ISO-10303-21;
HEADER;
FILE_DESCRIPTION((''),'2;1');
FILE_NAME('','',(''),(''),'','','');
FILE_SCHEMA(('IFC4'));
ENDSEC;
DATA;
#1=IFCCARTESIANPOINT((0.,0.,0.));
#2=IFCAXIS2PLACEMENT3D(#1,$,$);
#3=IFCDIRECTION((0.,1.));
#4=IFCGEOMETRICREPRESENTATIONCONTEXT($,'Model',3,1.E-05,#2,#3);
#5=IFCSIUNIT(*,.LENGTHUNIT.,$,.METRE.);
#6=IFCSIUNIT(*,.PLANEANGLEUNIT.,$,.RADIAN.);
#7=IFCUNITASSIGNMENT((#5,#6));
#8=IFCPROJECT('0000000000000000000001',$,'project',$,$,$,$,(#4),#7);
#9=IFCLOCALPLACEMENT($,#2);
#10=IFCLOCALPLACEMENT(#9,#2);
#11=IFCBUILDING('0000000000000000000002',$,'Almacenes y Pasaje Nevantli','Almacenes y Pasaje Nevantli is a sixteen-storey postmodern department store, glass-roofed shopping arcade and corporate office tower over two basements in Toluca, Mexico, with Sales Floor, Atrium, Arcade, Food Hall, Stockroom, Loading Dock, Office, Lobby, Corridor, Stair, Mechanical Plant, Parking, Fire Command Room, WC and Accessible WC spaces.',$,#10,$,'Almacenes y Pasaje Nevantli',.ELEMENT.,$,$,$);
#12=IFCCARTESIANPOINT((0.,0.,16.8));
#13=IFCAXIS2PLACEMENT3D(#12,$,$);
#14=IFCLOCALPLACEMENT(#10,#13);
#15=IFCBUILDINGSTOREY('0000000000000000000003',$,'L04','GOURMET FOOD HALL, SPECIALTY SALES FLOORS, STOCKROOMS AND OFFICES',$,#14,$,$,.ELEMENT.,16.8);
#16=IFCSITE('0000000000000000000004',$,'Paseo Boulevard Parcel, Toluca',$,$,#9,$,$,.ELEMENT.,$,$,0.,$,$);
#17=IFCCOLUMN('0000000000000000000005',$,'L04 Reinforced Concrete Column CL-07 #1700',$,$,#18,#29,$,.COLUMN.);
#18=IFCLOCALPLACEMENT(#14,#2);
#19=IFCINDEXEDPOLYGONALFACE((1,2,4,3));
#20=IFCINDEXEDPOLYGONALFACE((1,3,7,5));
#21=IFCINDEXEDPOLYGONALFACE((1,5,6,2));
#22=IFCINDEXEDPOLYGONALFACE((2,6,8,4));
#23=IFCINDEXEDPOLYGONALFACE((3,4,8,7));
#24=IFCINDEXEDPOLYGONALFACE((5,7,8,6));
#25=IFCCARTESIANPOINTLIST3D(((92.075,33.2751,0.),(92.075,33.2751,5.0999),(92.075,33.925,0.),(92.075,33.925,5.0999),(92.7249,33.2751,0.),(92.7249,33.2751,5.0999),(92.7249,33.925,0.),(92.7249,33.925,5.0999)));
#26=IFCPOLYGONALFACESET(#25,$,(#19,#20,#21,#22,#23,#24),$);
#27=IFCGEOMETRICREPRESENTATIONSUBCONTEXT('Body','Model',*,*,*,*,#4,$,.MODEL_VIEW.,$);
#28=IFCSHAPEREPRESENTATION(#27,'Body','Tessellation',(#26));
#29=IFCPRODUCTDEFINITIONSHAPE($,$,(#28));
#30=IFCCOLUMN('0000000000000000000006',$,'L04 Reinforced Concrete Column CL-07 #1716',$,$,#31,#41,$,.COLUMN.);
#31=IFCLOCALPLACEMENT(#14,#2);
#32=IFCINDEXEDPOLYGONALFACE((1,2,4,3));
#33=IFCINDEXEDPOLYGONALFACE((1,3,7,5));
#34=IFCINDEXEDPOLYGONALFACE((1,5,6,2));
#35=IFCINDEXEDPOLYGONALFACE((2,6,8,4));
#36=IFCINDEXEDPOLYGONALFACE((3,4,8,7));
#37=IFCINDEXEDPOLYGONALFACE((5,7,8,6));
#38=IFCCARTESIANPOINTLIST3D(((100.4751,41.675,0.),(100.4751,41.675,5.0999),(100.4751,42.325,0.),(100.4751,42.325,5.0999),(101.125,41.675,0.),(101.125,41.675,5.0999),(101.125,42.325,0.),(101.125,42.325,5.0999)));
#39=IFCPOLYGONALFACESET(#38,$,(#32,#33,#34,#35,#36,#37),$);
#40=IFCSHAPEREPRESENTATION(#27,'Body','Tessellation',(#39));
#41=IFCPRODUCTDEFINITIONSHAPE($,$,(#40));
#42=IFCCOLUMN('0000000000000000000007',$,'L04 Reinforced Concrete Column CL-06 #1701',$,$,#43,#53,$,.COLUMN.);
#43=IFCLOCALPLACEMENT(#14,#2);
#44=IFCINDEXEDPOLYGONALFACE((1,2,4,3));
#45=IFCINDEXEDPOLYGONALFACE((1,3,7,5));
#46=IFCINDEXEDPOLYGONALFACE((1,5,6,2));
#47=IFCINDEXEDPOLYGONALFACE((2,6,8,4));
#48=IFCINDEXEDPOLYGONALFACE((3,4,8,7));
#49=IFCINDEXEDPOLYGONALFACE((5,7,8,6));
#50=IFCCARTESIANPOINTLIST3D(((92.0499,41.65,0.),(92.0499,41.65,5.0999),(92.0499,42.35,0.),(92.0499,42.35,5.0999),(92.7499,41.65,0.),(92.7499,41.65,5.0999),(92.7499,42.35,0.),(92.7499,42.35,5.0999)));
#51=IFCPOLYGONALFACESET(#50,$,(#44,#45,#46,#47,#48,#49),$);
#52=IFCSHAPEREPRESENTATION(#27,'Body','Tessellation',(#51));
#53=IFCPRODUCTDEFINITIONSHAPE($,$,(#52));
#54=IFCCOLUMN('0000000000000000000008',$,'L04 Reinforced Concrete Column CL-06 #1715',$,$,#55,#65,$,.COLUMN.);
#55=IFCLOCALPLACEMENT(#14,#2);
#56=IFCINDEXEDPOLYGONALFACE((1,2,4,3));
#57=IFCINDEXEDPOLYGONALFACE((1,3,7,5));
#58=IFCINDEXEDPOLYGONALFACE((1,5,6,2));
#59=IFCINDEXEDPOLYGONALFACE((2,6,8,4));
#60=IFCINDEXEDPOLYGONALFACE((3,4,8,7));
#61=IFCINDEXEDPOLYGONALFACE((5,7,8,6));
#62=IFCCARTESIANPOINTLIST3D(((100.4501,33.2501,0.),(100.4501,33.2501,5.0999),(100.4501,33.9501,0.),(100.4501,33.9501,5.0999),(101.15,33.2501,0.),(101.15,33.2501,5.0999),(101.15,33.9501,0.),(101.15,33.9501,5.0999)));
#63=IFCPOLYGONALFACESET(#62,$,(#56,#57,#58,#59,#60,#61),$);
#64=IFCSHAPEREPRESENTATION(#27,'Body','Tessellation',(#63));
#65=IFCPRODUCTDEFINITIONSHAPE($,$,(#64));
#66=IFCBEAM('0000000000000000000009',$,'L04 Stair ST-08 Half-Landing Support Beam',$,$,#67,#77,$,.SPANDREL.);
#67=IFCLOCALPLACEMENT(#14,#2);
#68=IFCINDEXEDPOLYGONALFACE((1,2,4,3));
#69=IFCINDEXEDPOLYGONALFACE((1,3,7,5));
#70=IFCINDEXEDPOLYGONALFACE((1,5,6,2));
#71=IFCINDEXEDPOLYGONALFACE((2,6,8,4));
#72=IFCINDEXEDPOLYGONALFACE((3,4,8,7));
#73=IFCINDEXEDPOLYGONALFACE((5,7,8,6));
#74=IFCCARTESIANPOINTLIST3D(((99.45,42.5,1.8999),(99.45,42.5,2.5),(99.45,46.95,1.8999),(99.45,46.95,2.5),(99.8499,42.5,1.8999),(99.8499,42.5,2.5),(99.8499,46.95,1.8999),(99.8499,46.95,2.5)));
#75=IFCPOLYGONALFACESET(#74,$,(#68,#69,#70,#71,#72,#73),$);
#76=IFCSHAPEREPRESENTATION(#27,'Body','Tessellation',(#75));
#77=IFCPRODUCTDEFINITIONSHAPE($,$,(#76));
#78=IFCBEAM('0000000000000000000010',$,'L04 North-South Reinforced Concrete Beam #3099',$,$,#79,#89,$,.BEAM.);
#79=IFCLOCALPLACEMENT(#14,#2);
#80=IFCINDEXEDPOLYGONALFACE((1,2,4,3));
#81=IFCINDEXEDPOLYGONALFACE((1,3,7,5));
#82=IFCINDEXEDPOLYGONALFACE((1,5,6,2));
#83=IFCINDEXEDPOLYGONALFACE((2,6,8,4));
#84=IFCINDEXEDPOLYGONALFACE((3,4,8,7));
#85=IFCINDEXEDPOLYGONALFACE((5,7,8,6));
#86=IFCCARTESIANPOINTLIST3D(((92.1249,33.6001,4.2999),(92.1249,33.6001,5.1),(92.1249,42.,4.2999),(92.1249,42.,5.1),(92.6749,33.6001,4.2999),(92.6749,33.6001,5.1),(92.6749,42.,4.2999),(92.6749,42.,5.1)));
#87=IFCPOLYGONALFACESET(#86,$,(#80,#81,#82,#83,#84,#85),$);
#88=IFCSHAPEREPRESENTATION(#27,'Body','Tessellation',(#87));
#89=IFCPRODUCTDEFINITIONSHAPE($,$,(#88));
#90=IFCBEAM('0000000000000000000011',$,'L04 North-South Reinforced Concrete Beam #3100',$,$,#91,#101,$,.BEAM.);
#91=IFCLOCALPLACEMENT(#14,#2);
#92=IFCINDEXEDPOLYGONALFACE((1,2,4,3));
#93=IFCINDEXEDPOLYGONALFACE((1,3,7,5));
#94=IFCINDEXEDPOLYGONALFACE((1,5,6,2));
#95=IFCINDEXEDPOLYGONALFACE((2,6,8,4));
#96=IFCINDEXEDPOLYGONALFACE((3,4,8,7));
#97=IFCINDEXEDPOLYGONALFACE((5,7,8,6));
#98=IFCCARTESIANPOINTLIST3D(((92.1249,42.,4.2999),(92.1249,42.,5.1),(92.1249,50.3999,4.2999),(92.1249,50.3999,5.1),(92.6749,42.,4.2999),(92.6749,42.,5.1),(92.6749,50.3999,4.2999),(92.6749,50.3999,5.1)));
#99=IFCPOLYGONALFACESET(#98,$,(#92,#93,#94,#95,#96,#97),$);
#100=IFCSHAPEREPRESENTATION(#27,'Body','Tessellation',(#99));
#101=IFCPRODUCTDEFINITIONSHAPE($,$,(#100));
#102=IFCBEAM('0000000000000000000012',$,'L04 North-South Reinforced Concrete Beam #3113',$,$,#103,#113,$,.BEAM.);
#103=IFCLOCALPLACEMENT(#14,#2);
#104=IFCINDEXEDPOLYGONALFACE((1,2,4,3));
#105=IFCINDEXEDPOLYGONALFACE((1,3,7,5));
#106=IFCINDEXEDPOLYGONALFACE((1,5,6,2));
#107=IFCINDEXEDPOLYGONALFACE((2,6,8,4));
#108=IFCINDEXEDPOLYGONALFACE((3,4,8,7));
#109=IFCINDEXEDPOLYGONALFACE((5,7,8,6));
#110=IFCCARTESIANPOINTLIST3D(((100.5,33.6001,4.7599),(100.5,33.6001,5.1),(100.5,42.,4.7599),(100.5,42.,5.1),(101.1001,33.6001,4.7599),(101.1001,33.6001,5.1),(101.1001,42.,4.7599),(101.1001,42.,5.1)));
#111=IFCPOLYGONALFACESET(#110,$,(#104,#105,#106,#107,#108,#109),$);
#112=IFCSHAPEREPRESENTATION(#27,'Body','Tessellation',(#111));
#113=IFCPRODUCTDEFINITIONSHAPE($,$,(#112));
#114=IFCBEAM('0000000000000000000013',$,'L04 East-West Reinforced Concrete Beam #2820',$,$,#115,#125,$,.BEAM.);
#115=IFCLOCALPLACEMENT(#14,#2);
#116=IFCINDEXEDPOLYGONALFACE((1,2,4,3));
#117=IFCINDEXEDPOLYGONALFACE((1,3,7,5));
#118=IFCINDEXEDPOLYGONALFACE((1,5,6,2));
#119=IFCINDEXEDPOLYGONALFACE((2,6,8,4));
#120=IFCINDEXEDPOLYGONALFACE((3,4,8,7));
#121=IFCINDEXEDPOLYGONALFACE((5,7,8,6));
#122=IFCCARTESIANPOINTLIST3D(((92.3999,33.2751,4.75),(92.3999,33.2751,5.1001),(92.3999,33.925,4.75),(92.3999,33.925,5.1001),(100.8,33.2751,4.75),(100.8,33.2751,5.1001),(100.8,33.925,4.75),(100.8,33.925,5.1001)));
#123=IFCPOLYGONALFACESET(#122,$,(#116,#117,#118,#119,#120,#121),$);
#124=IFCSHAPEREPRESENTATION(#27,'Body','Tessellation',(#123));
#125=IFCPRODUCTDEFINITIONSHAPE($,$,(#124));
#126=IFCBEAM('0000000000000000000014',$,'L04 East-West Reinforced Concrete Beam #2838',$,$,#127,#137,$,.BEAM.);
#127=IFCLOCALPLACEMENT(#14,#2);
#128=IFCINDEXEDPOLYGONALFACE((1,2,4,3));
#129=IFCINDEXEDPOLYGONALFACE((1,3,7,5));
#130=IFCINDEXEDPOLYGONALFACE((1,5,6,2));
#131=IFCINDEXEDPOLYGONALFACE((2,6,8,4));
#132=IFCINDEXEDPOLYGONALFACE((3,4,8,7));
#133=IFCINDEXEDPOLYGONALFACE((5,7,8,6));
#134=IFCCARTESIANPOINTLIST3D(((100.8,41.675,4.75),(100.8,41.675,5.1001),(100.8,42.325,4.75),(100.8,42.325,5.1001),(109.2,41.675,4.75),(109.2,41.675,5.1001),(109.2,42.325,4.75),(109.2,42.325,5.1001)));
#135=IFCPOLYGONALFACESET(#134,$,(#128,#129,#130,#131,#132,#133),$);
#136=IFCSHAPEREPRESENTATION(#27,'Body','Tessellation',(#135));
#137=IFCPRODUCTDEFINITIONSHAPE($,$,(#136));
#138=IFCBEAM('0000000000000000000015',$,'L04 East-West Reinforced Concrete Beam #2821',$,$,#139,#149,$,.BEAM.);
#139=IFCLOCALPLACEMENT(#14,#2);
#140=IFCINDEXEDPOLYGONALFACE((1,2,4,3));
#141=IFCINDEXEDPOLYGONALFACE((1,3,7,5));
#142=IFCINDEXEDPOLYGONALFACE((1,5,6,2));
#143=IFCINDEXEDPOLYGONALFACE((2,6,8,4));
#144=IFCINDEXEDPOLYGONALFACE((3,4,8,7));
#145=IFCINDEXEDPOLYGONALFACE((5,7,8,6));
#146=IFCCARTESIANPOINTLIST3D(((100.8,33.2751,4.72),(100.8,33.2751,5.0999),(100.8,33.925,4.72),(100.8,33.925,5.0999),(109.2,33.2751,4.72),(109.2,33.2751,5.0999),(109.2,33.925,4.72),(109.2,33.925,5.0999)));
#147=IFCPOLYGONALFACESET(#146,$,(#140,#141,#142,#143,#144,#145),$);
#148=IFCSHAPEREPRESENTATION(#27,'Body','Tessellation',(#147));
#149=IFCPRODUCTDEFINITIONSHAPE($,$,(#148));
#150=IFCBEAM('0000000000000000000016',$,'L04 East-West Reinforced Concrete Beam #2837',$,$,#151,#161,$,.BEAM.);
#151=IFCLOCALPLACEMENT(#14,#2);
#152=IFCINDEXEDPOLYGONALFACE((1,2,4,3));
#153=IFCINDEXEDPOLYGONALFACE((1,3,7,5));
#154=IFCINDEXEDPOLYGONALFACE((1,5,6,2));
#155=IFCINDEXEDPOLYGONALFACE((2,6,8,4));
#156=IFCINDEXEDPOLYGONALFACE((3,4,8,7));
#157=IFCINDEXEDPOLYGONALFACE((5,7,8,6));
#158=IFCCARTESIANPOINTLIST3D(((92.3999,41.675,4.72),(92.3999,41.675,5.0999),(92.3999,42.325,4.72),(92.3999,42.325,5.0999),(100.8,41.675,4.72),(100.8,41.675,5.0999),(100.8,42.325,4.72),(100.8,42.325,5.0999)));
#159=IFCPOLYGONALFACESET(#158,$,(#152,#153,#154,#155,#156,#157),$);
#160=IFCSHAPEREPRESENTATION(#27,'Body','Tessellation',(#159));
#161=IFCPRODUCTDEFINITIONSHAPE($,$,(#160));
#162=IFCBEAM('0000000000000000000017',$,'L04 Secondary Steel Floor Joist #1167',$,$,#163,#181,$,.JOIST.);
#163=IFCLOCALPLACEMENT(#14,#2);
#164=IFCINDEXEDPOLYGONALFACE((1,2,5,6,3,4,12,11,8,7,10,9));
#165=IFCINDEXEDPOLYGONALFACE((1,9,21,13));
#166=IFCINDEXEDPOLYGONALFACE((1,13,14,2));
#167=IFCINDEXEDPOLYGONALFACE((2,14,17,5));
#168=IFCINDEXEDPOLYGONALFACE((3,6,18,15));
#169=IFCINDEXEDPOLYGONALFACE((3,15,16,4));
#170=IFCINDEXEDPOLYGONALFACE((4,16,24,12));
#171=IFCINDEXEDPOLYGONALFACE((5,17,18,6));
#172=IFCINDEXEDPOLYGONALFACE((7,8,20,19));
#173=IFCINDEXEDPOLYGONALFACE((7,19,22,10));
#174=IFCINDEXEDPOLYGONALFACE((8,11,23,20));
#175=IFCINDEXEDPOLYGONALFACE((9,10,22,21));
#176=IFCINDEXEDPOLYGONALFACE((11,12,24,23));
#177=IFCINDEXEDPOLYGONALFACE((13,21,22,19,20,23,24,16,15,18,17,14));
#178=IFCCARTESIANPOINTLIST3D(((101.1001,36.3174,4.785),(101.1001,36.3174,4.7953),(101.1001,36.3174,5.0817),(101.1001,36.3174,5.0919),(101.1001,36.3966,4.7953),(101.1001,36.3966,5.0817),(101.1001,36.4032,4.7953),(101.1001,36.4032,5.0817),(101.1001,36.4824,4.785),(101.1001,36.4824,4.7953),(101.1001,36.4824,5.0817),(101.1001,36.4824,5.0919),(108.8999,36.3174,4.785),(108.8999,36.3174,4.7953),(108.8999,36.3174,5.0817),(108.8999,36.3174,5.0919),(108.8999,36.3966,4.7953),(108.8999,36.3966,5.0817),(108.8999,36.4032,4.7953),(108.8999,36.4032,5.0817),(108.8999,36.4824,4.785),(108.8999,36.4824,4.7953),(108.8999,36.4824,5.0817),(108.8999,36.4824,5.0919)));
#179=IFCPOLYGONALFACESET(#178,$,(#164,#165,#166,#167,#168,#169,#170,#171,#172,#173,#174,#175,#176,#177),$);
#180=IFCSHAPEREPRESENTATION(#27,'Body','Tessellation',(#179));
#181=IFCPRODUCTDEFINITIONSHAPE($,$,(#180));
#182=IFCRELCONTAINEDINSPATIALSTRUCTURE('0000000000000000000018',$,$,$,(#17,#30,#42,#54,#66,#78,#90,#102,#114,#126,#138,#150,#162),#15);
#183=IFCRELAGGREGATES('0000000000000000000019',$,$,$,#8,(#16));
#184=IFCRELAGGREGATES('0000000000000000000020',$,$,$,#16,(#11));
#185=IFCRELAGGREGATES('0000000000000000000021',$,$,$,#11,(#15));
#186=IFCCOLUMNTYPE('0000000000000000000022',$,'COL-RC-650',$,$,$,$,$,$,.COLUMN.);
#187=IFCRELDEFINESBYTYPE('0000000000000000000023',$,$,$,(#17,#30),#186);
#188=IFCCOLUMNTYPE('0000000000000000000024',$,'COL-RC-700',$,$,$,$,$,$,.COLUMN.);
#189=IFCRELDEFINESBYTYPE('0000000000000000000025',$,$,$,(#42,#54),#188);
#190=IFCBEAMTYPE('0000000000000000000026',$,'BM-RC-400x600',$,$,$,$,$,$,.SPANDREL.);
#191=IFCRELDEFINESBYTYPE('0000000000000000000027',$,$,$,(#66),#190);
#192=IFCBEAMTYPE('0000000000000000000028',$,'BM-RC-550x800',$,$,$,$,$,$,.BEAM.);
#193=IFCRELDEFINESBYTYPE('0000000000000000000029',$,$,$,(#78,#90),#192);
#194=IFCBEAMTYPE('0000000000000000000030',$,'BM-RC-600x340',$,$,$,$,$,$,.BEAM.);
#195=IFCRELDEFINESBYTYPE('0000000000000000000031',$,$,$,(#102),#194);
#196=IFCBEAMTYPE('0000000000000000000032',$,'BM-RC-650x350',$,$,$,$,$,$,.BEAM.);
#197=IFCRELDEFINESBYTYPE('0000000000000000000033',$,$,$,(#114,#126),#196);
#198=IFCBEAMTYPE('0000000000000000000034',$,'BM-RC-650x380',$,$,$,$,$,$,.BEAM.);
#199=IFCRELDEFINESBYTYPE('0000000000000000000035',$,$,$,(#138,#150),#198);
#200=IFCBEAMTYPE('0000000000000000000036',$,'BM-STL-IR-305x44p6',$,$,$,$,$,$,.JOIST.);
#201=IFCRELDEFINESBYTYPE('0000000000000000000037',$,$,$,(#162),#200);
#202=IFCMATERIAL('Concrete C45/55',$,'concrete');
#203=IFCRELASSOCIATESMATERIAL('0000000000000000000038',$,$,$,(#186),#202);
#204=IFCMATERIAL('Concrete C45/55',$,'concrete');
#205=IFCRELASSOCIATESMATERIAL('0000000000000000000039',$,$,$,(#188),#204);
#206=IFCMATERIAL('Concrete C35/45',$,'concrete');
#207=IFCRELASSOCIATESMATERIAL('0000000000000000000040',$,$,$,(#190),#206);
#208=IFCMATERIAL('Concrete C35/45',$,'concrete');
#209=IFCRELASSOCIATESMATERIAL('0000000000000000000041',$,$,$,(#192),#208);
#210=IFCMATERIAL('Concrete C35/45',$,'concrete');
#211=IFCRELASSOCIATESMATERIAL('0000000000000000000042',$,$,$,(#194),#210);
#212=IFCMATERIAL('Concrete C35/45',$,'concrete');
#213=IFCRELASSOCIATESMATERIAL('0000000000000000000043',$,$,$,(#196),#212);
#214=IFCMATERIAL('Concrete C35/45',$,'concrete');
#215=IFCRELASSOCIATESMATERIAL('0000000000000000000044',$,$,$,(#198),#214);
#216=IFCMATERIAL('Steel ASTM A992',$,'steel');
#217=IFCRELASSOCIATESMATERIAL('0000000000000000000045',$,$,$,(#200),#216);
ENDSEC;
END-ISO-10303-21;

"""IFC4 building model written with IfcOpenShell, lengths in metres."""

from ifc_helpers import new_model, si_unit, direction, frame, origin, origin_2d, place, context, subcontext, project, spatial, rectangle, i_section, extrude, material, material_profile, profile_set, type_object, element, save


model = new_model("IFC4")

# Units and contexts
model_context = context("Model", 3, precision=1e-05, world=origin(), true_north=direction((0.0, 1.0)))
body_context = subcontext(model_context, "Body", "Model", "MODEL_VIEW")
ifc_project = project(units=[si_unit("LENGTHUNIT", "METRE"), si_unit("PLANEANGLEUNIT", "RADIAN")], contexts=[model_context])

# Site, building, storey
site_placement = place(None, origin())
site = spatial("IfcSite", under=ifc_project, at=site_placement, Name="Paseo Boulevard Parcel, Toluca", CompositionType="ELEMENT", RefElevation=0.0)
building_placement = place(site_placement, origin())
building = spatial("IfcBuilding", under=site, at=building_placement, Name="Almacenes y Pasaje Nevantli", Description="Almacenes y Pasaje Nevantli is a sixteen-storey postmodern department store, glass-roofed shopping arcade and corporate office tower over two basements in Toluca, Mexico, with Sales Floor, Atrium, Arcade, Food Hall, Stockroom, Loading Dock, Office, Lobby, Corridor, Stair, Mechanical Plant, Parking, Fire Command Room, WC and Accessible WC spaces.", LongName="Almacenes y Pasaje Nevantli", CompositionType="ELEMENT")
storey_placement = place(building_placement, frame((0.0, 0.0, 16.8)))
storey = spatial("IfcBuildingStorey", under=building, at=storey_placement, Name="L04", Description="GOURMET FOOD HALL, SPECIALTY SALES FLOORS, STOCKROOMS AND OFFICES", CompositionType="ELEMENT", Elevation=16.8)

# Columns
ifc_material_1 = material(Name="Concrete C45/55", Category="concrete")
ifc_material_profile_1 = material_profile(ifc_material_1, rectangle(XDim=0.6499, YDim=0.6499, at=origin_2d()), Name="RC-COL-650x650")
ifc_profile_set_1 = profile_set([ifc_material_profile_1], Name="Concrete C45/55")
column_type_1 = type_object("IfcColumnType", Name="COL-RC-650", PredefinedType="COLUMN", material=ifc_profile_set_1)
for number, where, z_axis, x_axis, name in (
    (1, (92.3999, 33.6001, 0.0), (0.0, 0.0, 1.0), (1.0, 0.0, 0.0), "L04 Reinforced Concrete Column CL-07 #1700"),
    (2, (100.8, 42.0, 0.0), (0.0, 0.0, 1.0), (1.0, 0.0, 0.0), "L04 Reinforced Concrete Column CL-07 #1716"),
):
    element("IfcColumn", number, at=place(storey_placement, frame(where, z_axis=z_axis, x_axis=x_axis)), inside=storey, type_object=column_type_1, Name=name, PredefinedType="COLUMN", context=body_context, shape_type="SweptSolid", body=[
        extrude(rectangle(XDim=0.6499, YDim=0.6499, at=origin_2d()), origin(), (0.0, 0.0, 1.0), 5.0999),
    ])
ifc_material_2 = material(Name="Concrete C45/55", Category="concrete")
ifc_material_profile_2 = material_profile(ifc_material_2, rectangle(XDim=0.7, YDim=0.7, at=origin_2d()), Name="RC-COL-700x700")
ifc_profile_set_2 = profile_set([ifc_material_profile_2], Name="Concrete C45/55")
column_type_2 = type_object("IfcColumnType", Name="COL-RC-700", PredefinedType="COLUMN", material=ifc_profile_set_2)
for number, where, z_axis, x_axis, name in (
    (3, (92.3999, 42.0, 0.0), (0.0, 0.0, 1.0), (1.0, 0.0, 0.0), "L04 Reinforced Concrete Column CL-06 #1701"),
    (4, (100.8, 33.6001, 0.0), (0.0, 0.0, 1.0), (1.0, 0.0, 0.0), "L04 Reinforced Concrete Column CL-06 #1715"),
):
    element("IfcColumn", number, at=place(storey_placement, frame(where, z_axis=z_axis, x_axis=x_axis)), inside=storey, type_object=column_type_2, Name=name, PredefinedType="COLUMN", context=body_context, shape_type="SweptSolid", body=[
        extrude(rectangle(XDim=0.7, YDim=0.7, at=origin_2d()), origin(), (0.0, 0.0, 1.0), 5.0999),
    ])

# Beams
ifc_material_3 = material(Name="Concrete C35/45", Category="concrete")
ifc_material_profile_3 = material_profile(ifc_material_3, rectangle(XDim=0.3999, YDim=0.6001, at=origin_2d()), Name="RC-BM-400x600")
ifc_profile_set_3 = profile_set([ifc_material_profile_3], Name="Concrete C35/45")
beam_type_1 = type_object("IfcBeamType", Name="BM-RC-400x600", PredefinedType="SPANDREL", material=ifc_profile_set_3)
beam_1_placement = place(storey_placement, frame((99.6499, 42.5, 2.2), z_axis=(0.0, 1.0, 0.0), x_axis=(-1.0, 0.0, 0.0)))
element("IfcBeam", 5, at=beam_1_placement, inside=storey, type_object=beam_type_1, Name="L04 Stair ST-08 Half-Landing Support Beam", PredefinedType="SPANDREL", context=body_context, shape_type="SweptSolid", body=[
    extrude(rectangle(XDim=0.3999, YDim=0.6001, at=origin_2d()), origin(), (0.0, 0.0, 1.0), 4.45),
])
ifc_material_4 = material(Name="Concrete C35/45", Category="concrete")
ifc_material_profile_4 = material_profile(ifc_material_4, rectangle(XDim=0.55, YDim=0.8, at=origin_2d()), Name="RC-BM-550x800")
ifc_profile_set_4 = profile_set([ifc_material_profile_4], Name="Concrete C35/45")
beam_type_2 = type_object("IfcBeamType", Name="BM-RC-550x800", PredefinedType="BEAM", material=ifc_profile_set_4)
for number, where, z_axis, x_axis, name in (
    (6, (92.3999, 33.6001, 4.7), (0.0, 1.0, 0.0), (-1.0, 0.0, 0.0), "L04 North-South Reinforced Concrete Beam #3099"),
    (7, (92.3999, 42.0, 4.7), (0.0, 1.0, 0.0), (-1.0, 0.0, 0.0), "L04 North-South Reinforced Concrete Beam #3100"),
):
    element("IfcBeam", number, at=place(storey_placement, frame(where, z_axis=z_axis, x_axis=x_axis)), inside=storey, type_object=beam_type_2, Name=name, PredefinedType="BEAM", context=body_context, shape_type="SweptSolid", body=[
        extrude(rectangle(XDim=0.55, YDim=0.8, at=origin_2d()), origin(), (0.0, 0.0, 1.0), 8.3999),
    ])
ifc_material_5 = material(Name="Concrete C35/45", Category="concrete")
ifc_material_profile_5 = material_profile(ifc_material_5, rectangle(XDim=0.6001, YDim=0.3401, at=origin_2d()), Name="RC-BM-600x340")
ifc_profile_set_5 = profile_set([ifc_material_profile_5], Name="Concrete C35/45")
beam_type_3 = type_object("IfcBeamType", Name="BM-RC-600x340", PredefinedType="BEAM", material=ifc_profile_set_5)
beam_2_placement = place(storey_placement, frame((100.8, 33.6001, 4.9299), z_axis=(0.0, 1.0, 0.0), x_axis=(-1.0, 0.0, 0.0)))
element("IfcBeam", 8, at=beam_2_placement, inside=storey, type_object=beam_type_3, Name="L04 North-South Reinforced Concrete Beam #3113", PredefinedType="BEAM", context=body_context, shape_type="SweptSolid", body=[
    extrude(rectangle(XDim=0.6001, YDim=0.3401, at=origin_2d()), origin(), (0.0, 0.0, 1.0), 8.3999),
])
ifc_material_6 = material(Name="Concrete C35/45", Category="concrete")
ifc_material_profile_6 = material_profile(ifc_material_6, rectangle(XDim=0.6499, YDim=0.3501, at=origin_2d()), Name="RC-BM-650x350")
ifc_profile_set_6 = profile_set([ifc_material_profile_6], Name="Concrete C35/45")
beam_type_4 = type_object("IfcBeamType", Name="BM-RC-650x350", PredefinedType="BEAM", material=ifc_profile_set_6)
beam_3_placement = place(storey_placement, frame((92.3999, 33.6001, 4.925), z_axis=(1.0, 0.0, 0.0), x_axis=(0.0, 1.0, 0.0)))
element("IfcBeam", 9, at=beam_3_placement, inside=storey, type_object=beam_type_4, Name="L04 East-West Reinforced Concrete Beam #2820", PredefinedType="BEAM", context=body_context, shape_type="SweptSolid", body=[
    extrude(rectangle(XDim=0.6499, YDim=0.3501, at=origin_2d()), origin(), (0.0, 0.0, 1.0), 8.4001),
])
beam_4_placement = place(storey_placement, frame((100.8, 42.0, 4.925), z_axis=(1.0, 0.0, 0.0), x_axis=(0.0, 1.0, 0.0)))
element("IfcBeam", 10, at=beam_4_placement, inside=storey, type_object=beam_type_4, Name="L04 East-West Reinforced Concrete Beam #2838", PredefinedType="BEAM", context=body_context, shape_type="SweptSolid", body=[
    extrude(rectangle(XDim=0.6499, YDim=0.3501, at=origin_2d()), origin(), (0.0, 0.0, 1.0), 8.3999),
])
ifc_material_7 = material(Name="Concrete C35/45", Category="concrete")
ifc_material_profile_7 = material_profile(ifc_material_7, rectangle(XDim=0.6499, YDim=0.3799, at=origin_2d()), Name="RC-BM-650x380")
ifc_profile_set_7 = profile_set([ifc_material_profile_7], Name="Concrete C35/45")
beam_type_5 = type_object("IfcBeamType", Name="BM-RC-650x380", PredefinedType="BEAM", material=ifc_profile_set_7)
beam_5_placement = place(storey_placement, frame((100.8, 33.6001, 4.9099), z_axis=(1.0, 0.0, 0.0), x_axis=(0.0, 1.0, 0.0)))
element("IfcBeam", 11, at=beam_5_placement, inside=storey, type_object=beam_type_5, Name="L04 East-West Reinforced Concrete Beam #2821", PredefinedType="BEAM", context=body_context, shape_type="SweptSolid", body=[
    extrude(rectangle(XDim=0.6499, YDim=0.3799, at=origin_2d()), origin(), (0.0, 0.0, 1.0), 8.3999),
])
beam_6_placement = place(storey_placement, frame((92.3999, 42.0, 4.9099), z_axis=(1.0, 0.0, 0.0), x_axis=(0.0, 1.0, 0.0)))
element("IfcBeam", 12, at=beam_6_placement, inside=storey, type_object=beam_type_5, Name="L04 East-West Reinforced Concrete Beam #2837", PredefinedType="BEAM", context=body_context, shape_type="SweptSolid", body=[
    extrude(rectangle(XDim=0.6499, YDim=0.3799, at=origin_2d()), origin(), (0.0, 0.0, 1.0), 8.4001),
])
ifc_material_8 = material(Name="Steel ASTM A992", Category="steel")
ifc_material_profile_8 = material_profile(ifc_material_8, i_section(OverallWidth=0.165, OverallDepth=0.3069, WebThickness=0.0066, FlangeThickness=0.0103, at=origin_2d()), Name="IR 305x44.6")
ifc_profile_set_8 = profile_set([ifc_material_profile_8], Name="Steel ASTM A992")
beam_type_6 = type_object("IfcBeamType", Name="BM-STL-IR-305x44p6", PredefinedType="JOIST", material=ifc_profile_set_8)
for number, where, z_axis, x_axis, name in (
    (13, (101.1001, 36.3999, 4.9385), (1.0, 0.0, 0.0), (0.0, 1.0, 0.0), "L04 Secondary Steel Floor Joist #1167"),
):
    element("IfcBeam", number, at=place(storey_placement, frame(where, z_axis=z_axis, x_axis=x_axis)), inside=storey, type_object=beam_type_6, Name=name, PredefinedType="JOIST", context=body_context, shape_type="SweptSolid", body=[
        extrude(i_section(OverallWidth=0.165, OverallDepth=0.3069, WebThickness=0.0066, FlangeThickness=0.0103, at=origin_2d()), origin(), (0.0, 0.0, 1.0), 7.7998),
    ])

save(model, "model.ifc")
